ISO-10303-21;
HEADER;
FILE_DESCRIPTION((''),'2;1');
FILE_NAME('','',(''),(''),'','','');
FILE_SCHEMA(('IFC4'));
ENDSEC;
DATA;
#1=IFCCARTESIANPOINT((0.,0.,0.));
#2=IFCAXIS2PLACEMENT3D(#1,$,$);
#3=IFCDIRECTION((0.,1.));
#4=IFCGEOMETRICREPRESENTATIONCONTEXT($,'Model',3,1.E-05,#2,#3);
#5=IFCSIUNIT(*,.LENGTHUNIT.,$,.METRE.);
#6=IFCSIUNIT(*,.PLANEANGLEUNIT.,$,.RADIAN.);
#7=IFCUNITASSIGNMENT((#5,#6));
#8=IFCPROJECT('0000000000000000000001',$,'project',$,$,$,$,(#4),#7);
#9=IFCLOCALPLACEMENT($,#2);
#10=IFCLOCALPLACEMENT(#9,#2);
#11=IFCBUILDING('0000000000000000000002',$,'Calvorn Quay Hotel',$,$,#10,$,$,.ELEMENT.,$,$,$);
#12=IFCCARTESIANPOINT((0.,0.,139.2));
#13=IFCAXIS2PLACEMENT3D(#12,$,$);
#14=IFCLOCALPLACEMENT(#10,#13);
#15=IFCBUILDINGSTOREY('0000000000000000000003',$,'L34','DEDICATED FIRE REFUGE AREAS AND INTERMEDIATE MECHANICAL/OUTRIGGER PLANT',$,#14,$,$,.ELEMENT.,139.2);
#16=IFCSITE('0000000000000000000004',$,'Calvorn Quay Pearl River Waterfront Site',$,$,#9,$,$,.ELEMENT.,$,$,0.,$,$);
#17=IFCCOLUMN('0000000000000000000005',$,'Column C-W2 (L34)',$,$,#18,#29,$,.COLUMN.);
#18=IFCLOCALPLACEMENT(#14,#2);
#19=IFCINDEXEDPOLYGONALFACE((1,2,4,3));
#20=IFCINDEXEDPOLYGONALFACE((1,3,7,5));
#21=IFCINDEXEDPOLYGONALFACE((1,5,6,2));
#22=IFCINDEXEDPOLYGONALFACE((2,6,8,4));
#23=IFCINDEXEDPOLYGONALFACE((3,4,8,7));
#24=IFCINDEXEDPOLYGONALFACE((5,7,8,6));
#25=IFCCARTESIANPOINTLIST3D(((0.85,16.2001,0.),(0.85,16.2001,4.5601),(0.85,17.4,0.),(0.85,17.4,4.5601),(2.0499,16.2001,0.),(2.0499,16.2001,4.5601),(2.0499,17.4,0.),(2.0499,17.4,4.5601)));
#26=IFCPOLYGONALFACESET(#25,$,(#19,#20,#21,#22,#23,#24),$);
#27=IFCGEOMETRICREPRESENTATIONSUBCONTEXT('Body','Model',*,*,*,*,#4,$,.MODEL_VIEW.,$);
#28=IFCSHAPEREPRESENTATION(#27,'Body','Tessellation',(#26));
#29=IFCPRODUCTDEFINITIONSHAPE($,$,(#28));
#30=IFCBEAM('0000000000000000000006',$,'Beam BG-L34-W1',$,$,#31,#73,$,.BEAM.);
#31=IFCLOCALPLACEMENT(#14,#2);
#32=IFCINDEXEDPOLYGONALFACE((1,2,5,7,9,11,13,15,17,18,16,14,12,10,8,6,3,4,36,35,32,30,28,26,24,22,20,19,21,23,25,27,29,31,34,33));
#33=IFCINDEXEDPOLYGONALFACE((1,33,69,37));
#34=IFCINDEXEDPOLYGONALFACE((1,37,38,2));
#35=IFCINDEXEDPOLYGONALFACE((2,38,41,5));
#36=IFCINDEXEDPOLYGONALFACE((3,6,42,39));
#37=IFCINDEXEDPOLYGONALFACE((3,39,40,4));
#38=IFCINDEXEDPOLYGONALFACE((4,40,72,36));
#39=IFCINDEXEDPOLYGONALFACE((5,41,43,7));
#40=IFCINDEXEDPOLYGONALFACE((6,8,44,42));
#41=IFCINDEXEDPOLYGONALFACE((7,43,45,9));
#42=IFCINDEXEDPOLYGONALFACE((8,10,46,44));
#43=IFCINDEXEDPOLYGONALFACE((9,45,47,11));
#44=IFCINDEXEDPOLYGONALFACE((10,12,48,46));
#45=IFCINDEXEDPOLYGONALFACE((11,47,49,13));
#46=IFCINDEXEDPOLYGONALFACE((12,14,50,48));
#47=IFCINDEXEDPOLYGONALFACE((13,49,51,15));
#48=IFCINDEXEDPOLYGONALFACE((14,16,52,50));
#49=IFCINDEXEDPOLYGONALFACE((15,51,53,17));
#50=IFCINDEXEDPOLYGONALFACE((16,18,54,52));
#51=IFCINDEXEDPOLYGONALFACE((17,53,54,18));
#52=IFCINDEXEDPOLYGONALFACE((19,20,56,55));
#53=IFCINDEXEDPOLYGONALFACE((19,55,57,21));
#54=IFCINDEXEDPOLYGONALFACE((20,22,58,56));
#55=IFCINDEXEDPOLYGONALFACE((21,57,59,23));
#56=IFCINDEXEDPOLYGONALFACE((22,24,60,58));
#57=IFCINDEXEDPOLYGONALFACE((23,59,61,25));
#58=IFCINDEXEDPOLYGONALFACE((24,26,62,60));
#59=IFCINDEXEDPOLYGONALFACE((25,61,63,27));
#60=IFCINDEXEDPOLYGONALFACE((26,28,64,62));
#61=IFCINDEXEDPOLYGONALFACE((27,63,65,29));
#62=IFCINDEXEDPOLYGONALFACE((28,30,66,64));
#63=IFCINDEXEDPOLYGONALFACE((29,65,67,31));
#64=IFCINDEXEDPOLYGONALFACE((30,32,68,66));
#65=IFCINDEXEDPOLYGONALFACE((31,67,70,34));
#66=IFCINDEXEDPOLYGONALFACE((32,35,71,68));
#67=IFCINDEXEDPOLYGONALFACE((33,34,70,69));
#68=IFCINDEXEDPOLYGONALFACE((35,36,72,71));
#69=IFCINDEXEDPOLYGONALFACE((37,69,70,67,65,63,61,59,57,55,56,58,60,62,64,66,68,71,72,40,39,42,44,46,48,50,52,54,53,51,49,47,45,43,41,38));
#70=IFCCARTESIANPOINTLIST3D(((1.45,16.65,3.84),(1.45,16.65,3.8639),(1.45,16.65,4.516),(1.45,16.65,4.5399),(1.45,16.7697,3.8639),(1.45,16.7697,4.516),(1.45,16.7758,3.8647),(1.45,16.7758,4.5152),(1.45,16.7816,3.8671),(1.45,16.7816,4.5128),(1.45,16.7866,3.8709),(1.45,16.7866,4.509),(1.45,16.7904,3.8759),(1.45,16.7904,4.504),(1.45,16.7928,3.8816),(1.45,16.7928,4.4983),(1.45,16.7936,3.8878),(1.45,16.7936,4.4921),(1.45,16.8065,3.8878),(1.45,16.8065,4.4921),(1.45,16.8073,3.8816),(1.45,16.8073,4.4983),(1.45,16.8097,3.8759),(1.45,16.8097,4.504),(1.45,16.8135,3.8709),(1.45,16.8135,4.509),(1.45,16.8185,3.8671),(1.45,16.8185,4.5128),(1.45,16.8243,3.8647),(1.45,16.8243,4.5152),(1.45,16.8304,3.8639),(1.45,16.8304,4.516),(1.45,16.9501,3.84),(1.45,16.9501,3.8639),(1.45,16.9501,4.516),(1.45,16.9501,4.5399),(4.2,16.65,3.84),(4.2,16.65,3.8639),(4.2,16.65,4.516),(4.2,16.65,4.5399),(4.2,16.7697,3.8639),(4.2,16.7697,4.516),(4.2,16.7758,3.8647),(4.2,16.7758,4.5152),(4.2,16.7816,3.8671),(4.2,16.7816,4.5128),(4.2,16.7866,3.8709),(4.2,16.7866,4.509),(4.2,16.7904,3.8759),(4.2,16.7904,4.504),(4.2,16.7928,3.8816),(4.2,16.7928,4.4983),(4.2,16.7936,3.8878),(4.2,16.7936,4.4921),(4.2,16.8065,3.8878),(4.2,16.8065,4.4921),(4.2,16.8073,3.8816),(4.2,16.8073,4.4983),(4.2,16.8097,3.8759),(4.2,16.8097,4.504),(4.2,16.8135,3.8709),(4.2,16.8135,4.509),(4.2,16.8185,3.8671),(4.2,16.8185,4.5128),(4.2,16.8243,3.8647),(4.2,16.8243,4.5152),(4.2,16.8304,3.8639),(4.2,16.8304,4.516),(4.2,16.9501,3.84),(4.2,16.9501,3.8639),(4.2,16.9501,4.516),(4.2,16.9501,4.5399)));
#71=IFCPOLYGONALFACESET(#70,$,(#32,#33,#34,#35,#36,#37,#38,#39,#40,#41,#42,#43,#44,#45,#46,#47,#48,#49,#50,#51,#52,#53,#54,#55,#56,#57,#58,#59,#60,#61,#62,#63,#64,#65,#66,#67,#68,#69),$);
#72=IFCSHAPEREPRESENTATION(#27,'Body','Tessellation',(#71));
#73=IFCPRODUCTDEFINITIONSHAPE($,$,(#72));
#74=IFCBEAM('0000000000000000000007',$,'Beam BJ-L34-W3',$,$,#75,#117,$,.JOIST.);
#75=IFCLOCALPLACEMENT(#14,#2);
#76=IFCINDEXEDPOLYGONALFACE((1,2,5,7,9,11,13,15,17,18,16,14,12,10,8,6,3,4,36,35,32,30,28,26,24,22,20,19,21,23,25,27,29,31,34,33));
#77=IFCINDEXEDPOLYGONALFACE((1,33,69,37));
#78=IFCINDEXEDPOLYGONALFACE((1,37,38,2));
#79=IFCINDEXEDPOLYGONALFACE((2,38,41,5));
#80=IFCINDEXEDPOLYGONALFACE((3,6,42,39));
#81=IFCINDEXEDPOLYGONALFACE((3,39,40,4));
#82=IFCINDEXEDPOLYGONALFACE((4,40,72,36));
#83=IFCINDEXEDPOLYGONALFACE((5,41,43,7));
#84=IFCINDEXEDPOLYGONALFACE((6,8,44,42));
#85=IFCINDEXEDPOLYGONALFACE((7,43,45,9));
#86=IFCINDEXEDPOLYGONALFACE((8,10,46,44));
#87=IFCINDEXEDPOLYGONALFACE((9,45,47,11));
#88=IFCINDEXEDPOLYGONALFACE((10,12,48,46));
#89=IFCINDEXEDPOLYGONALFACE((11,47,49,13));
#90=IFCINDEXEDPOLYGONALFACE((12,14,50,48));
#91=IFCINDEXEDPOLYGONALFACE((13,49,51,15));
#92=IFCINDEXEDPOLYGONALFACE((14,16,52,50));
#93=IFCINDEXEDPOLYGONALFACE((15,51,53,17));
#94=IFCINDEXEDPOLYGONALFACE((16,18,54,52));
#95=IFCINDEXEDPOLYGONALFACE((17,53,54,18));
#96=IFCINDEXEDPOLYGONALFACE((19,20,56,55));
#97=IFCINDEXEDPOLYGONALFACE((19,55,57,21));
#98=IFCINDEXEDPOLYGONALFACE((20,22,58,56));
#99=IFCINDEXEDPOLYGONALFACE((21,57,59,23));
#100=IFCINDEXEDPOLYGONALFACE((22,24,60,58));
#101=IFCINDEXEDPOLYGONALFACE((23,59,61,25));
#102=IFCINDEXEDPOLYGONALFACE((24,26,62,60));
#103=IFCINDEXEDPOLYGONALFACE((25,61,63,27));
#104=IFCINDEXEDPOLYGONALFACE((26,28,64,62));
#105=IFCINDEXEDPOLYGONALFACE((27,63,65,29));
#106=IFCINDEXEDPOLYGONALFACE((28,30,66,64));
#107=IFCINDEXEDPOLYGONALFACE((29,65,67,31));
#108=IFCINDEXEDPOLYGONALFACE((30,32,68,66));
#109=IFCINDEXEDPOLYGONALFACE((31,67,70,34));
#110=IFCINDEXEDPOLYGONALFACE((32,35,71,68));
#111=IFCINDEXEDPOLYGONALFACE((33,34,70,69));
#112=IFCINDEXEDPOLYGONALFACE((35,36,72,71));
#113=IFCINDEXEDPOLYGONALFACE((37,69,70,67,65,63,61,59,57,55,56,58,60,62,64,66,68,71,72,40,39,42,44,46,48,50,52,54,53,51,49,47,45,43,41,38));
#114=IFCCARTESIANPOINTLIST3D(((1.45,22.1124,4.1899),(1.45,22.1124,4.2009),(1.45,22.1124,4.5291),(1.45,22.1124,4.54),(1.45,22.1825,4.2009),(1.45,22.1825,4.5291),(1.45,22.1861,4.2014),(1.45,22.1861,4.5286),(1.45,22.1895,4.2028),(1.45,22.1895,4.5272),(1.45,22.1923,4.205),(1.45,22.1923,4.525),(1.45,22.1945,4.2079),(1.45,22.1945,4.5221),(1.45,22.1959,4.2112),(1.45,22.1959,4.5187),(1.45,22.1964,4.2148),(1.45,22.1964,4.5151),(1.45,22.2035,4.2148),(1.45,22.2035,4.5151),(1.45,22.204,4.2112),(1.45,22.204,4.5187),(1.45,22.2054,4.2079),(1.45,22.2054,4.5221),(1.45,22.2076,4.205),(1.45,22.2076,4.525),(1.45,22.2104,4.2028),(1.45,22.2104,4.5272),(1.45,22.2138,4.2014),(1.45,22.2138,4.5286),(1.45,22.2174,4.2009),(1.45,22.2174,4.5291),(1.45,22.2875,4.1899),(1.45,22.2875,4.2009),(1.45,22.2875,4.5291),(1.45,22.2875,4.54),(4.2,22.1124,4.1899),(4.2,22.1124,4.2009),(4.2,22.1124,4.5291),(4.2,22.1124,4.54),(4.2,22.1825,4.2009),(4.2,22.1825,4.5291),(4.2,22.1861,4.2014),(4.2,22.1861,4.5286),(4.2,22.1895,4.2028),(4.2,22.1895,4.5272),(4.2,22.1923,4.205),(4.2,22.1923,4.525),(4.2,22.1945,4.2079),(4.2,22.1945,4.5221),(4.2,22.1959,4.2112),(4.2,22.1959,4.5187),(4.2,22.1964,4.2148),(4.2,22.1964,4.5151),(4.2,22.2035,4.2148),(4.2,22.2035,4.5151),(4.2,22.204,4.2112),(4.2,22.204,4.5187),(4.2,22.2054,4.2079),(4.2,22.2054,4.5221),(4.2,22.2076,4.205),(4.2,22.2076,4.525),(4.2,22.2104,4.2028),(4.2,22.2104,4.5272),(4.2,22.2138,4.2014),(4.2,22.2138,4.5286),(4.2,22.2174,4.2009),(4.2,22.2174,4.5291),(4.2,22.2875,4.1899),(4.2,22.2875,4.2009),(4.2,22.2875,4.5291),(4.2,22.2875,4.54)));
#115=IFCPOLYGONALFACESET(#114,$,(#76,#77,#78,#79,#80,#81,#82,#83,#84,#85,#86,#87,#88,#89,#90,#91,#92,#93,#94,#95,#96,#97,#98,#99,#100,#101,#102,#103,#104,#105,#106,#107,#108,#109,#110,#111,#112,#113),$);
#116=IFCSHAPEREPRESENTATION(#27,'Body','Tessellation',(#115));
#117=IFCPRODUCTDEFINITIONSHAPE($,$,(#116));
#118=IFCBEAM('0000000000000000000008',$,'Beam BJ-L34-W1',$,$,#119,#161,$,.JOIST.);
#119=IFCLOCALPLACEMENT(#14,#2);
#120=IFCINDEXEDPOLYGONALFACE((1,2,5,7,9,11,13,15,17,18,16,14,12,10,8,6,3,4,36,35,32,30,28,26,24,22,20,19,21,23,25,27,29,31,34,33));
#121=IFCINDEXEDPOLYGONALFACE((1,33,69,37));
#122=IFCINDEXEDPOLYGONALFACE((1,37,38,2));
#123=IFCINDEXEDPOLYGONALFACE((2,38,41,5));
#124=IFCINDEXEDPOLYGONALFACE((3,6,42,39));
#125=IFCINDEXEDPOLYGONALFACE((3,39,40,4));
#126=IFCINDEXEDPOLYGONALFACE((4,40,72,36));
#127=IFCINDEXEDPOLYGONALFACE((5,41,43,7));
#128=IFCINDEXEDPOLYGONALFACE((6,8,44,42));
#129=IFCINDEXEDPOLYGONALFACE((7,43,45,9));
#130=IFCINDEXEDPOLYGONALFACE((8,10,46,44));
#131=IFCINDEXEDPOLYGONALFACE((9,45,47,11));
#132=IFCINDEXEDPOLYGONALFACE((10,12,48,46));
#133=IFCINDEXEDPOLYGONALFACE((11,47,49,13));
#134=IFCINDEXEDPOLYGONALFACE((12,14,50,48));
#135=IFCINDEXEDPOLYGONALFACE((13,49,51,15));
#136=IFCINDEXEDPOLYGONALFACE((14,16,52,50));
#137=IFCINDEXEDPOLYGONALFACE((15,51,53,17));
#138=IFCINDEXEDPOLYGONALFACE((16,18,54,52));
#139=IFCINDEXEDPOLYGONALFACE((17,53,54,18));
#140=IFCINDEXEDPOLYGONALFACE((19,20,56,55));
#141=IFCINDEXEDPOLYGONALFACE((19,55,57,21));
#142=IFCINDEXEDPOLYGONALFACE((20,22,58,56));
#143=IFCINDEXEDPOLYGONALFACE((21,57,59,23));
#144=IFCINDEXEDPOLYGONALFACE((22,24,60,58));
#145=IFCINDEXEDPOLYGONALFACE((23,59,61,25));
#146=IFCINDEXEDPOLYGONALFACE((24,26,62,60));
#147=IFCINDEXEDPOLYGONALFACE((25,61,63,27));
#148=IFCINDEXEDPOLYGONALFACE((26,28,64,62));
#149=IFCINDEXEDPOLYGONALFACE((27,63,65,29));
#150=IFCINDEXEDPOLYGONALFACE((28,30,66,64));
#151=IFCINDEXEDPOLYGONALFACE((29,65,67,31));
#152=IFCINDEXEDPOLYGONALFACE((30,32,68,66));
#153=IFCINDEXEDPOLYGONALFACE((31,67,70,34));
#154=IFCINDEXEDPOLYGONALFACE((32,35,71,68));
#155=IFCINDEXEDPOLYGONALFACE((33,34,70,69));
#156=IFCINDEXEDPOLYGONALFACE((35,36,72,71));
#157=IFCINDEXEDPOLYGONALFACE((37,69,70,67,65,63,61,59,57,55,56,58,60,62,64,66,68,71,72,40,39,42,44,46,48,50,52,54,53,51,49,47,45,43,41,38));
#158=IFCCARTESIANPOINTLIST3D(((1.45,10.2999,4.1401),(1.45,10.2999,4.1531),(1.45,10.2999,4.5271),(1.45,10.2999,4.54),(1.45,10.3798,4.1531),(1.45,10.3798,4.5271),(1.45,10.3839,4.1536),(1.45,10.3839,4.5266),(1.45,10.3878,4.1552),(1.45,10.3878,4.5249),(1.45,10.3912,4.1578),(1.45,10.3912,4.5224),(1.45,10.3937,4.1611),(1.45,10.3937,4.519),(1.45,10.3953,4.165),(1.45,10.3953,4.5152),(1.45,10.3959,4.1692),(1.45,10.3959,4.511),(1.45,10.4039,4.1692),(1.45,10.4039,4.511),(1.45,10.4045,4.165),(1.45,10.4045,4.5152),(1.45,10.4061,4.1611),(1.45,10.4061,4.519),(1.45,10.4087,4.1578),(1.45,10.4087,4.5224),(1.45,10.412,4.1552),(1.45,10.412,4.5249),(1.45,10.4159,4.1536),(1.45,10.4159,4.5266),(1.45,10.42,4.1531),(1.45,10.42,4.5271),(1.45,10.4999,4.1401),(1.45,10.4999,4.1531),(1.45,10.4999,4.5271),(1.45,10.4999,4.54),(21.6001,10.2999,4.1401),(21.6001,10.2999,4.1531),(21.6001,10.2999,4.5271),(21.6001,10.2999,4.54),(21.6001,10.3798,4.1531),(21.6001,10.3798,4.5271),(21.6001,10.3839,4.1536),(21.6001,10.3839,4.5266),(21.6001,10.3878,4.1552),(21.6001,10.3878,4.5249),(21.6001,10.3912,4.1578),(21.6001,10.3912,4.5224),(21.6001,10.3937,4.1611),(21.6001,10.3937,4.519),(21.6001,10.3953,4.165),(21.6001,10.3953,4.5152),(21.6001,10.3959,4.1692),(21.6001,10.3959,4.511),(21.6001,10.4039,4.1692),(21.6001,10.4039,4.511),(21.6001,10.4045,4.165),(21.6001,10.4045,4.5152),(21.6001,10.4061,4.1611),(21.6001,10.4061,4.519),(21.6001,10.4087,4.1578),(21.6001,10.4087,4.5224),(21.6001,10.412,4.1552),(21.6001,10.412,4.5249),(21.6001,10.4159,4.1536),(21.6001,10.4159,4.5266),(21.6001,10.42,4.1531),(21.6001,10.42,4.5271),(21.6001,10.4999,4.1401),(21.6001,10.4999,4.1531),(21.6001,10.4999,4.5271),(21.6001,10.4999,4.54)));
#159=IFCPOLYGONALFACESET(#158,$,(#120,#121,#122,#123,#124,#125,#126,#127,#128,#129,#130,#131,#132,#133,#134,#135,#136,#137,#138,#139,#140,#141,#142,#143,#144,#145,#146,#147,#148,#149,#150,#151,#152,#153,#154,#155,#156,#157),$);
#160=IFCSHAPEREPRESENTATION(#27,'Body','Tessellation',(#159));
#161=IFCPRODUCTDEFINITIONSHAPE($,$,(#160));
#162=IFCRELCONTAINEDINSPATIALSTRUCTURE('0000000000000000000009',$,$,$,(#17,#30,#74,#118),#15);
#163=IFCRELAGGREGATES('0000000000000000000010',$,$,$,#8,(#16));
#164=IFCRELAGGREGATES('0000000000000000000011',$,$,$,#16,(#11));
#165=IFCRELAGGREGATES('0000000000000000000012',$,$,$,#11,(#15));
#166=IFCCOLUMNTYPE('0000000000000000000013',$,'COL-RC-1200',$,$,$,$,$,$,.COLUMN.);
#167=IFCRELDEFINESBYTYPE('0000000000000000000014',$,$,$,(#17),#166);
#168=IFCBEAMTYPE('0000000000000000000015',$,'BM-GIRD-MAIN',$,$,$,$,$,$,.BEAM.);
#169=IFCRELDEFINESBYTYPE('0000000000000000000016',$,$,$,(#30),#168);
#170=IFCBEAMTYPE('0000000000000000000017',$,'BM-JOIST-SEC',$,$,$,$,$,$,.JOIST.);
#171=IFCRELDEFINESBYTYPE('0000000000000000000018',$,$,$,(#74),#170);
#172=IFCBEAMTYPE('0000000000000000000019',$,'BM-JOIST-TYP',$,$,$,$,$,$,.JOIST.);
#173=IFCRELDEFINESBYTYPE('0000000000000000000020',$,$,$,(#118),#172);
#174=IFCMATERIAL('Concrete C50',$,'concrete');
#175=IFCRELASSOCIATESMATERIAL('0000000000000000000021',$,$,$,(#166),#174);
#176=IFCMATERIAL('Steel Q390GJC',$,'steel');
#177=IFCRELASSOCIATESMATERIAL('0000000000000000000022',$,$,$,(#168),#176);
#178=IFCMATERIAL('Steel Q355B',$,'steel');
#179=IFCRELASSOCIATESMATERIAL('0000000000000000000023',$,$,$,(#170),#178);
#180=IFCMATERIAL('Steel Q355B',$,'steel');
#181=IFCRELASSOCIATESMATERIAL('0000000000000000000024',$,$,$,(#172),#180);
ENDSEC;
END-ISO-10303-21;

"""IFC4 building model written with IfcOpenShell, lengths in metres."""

from ifc_helpers import new_model, si_unit, direction, frame, origin, origin_2d, place, context, subcontext, project, spatial, rectangle, i_section, extrude, material, material_profile, profile_set, type_object, element, save


model = new_model("IFC4")

# Units and contexts
model_context = context("Model", 3, precision=1e-05, world=origin(), true_north=direction((0.0, 1.0)))
body_context = subcontext(model_context, "Body", "Model", "MODEL_VIEW")
ifc_project = project(units=[si_unit("LENGTHUNIT", "METRE"), si_unit("PLANEANGLEUNIT", "RADIAN")], contexts=[model_context])

# Site, building, storey
site_placement = place(None, origin())
site = spatial("IfcSite", under=ifc_project, at=site_placement, Name="Calvorn Quay Pearl River Waterfront Site", CompositionType="ELEMENT", RefElevation=0.0)
building_placement = place(site_placement, origin())
building = spatial("IfcBuilding", under=site, at=building_placement, Name="Calvorn Quay Hotel", CompositionType="ELEMENT")
storey_placement = place(building_placement, frame((0.0, 0.0, 139.2)))
storey = spatial("IfcBuildingStorey", under=building, at=storey_placement, Name="L34", Description="DEDICATED FIRE REFUGE AREAS AND INTERMEDIATE MECHANICAL/OUTRIGGER PLANT", CompositionType="ELEMENT", Elevation=139.2)

# Column
ifc_material_1 = material(Name="Concrete C50", Category="concrete")
ifc_material_profile_1 = material_profile(ifc_material_1, rectangle(XDim=1.2, YDim=1.2, at=origin_2d()), Name="RC1200x1200")
ifc_profile_set_1 = profile_set([ifc_material_profile_1], Name="Concrete C50")
column_type = type_object("IfcColumnType", Name="COL-RC-1200", PredefinedType="COLUMN", material=ifc_profile_set_1)
column_placement = place(storey_placement, frame((1.45, 16.8, 0.0), z_axis=(0.0, 0.0, 1.0), x_axis=(1.0, 0.0, 0.0)))
element("IfcColumn", 1, at=column_placement, inside=storey, type_object=column_type, Name="Column C-W2 (L34)", PredefinedType="COLUMN", context=body_context, shape_type="SweptSolid", body=[
    extrude(rectangle(XDim=1.2, YDim=1.2, at=origin_2d()), origin(), (0.0, 0.0, 1.0), 4.5601),
])

# Beams
ifc_material_2 = material(Name="Steel Q390GJC", Category="steel")
ifc_material_profile_2 = material_profile(ifc_material_2, i_section(OverallWidth=0.3, OverallDepth=0.7, WebThickness=0.0129, FlangeThickness=0.0239, FilletRadius=0.0239, at=origin_2d()), Name="HN700x300x13x24")
ifc_profile_set_2 = profile_set([ifc_material_profile_2], Name="Steel Q390GJC")
beam_type_1 = type_object("IfcBeamType", Name="BM-GIRD-MAIN", PredefinedType="BEAM", material=ifc_profile_set_2)
beam_1_placement = place(storey_placement, frame((1.45, 16.8, 4.1899), z_axis=(1.0, 0.0, 0.0), x_axis=(0.0, 1.0, 0.0)))
element("IfcBeam", 2, at=beam_1_placement, inside=storey, type_object=beam_type_1, Name="Beam BG-L34-W1", PredefinedType="BEAM", context=body_context, shape_type="SweptSolid", body=[
    extrude(i_section(OverallWidth=0.3, OverallDepth=0.7, WebThickness=0.0129, FlangeThickness=0.0239, FilletRadius=0.0239, at=origin_2d()), origin(), (0.0, 0.0, 1.0), 2.75),
])
ifc_material_3 = material(Name="Steel Q355B", Category="steel")
ifc_material_profile_3 = material_profile(ifc_material_3, i_section(OverallWidth=0.175, OverallDepth=0.3501, WebThickness=0.0071, FlangeThickness=0.011, FilletRadius=0.0139, at=origin_2d()), Name="HN350x175x7x11")
ifc_profile_set_3 = profile_set([ifc_material_profile_3], Name="Steel Q355B")
beam_type_2 = type_object("IfcBeamType", Name="BM-JOIST-SEC", PredefinedType="JOIST", material=ifc_profile_set_3)
beam_2_placement = place(storey_placement, frame((1.45, 22.2, 4.365), z_axis=(1.0, 0.0, 0.0), x_axis=(0.0, 1.0, 0.0)))
element("IfcBeam", 3, at=beam_2_placement, inside=storey, type_object=beam_type_2, Name="Beam BJ-L34-W3", PredefinedType="JOIST", context=body_context, shape_type="SweptSolid", body=[
    extrude(i_section(OverallWidth=0.175, OverallDepth=0.3501, WebThickness=0.0071, FlangeThickness=0.011, FilletRadius=0.0139, at=origin_2d()), origin(), (0.0, 0.0, 1.0), 2.75),
])
ifc_material_4 = material(Name="Steel Q355B", Category="steel")
ifc_material_profile_4 = material_profile(ifc_material_4, i_section(OverallWidth=0.2, OverallDepth=0.3999, WebThickness=0.0081, FlangeThickness=0.0129, FilletRadius=0.0161, at=origin_2d()), Name="HN400x200x8x13")
ifc_profile_set_4 = profile_set([ifc_material_profile_4], Name="Steel Q355B")
beam_type_3 = type_object("IfcBeamType", Name="BM-JOIST-TYP", PredefinedType="JOIST", material=ifc_profile_set_4)
beam_3_placement = place(storey_placement, frame((1.45, 10.3999, 4.3401), z_axis=(1.0, 0.0, 0.0), x_axis=(0.0, 1.0, 0.0)))
element("IfcBeam", 4, at=beam_3_placement, inside=storey, type_object=beam_type_3, Name="Beam BJ-L34-W1", PredefinedType="JOIST", context=body_context, shape_type="SweptSolid", body=[
    extrude(i_section(OverallWidth=0.2, OverallDepth=0.3999, WebThickness=0.0081, FlangeThickness=0.0129, FilletRadius=0.0161, at=origin_2d()), origin(), (0.0, 0.0, 1.0), 20.1501),
])

save(model, "model.ifc")
